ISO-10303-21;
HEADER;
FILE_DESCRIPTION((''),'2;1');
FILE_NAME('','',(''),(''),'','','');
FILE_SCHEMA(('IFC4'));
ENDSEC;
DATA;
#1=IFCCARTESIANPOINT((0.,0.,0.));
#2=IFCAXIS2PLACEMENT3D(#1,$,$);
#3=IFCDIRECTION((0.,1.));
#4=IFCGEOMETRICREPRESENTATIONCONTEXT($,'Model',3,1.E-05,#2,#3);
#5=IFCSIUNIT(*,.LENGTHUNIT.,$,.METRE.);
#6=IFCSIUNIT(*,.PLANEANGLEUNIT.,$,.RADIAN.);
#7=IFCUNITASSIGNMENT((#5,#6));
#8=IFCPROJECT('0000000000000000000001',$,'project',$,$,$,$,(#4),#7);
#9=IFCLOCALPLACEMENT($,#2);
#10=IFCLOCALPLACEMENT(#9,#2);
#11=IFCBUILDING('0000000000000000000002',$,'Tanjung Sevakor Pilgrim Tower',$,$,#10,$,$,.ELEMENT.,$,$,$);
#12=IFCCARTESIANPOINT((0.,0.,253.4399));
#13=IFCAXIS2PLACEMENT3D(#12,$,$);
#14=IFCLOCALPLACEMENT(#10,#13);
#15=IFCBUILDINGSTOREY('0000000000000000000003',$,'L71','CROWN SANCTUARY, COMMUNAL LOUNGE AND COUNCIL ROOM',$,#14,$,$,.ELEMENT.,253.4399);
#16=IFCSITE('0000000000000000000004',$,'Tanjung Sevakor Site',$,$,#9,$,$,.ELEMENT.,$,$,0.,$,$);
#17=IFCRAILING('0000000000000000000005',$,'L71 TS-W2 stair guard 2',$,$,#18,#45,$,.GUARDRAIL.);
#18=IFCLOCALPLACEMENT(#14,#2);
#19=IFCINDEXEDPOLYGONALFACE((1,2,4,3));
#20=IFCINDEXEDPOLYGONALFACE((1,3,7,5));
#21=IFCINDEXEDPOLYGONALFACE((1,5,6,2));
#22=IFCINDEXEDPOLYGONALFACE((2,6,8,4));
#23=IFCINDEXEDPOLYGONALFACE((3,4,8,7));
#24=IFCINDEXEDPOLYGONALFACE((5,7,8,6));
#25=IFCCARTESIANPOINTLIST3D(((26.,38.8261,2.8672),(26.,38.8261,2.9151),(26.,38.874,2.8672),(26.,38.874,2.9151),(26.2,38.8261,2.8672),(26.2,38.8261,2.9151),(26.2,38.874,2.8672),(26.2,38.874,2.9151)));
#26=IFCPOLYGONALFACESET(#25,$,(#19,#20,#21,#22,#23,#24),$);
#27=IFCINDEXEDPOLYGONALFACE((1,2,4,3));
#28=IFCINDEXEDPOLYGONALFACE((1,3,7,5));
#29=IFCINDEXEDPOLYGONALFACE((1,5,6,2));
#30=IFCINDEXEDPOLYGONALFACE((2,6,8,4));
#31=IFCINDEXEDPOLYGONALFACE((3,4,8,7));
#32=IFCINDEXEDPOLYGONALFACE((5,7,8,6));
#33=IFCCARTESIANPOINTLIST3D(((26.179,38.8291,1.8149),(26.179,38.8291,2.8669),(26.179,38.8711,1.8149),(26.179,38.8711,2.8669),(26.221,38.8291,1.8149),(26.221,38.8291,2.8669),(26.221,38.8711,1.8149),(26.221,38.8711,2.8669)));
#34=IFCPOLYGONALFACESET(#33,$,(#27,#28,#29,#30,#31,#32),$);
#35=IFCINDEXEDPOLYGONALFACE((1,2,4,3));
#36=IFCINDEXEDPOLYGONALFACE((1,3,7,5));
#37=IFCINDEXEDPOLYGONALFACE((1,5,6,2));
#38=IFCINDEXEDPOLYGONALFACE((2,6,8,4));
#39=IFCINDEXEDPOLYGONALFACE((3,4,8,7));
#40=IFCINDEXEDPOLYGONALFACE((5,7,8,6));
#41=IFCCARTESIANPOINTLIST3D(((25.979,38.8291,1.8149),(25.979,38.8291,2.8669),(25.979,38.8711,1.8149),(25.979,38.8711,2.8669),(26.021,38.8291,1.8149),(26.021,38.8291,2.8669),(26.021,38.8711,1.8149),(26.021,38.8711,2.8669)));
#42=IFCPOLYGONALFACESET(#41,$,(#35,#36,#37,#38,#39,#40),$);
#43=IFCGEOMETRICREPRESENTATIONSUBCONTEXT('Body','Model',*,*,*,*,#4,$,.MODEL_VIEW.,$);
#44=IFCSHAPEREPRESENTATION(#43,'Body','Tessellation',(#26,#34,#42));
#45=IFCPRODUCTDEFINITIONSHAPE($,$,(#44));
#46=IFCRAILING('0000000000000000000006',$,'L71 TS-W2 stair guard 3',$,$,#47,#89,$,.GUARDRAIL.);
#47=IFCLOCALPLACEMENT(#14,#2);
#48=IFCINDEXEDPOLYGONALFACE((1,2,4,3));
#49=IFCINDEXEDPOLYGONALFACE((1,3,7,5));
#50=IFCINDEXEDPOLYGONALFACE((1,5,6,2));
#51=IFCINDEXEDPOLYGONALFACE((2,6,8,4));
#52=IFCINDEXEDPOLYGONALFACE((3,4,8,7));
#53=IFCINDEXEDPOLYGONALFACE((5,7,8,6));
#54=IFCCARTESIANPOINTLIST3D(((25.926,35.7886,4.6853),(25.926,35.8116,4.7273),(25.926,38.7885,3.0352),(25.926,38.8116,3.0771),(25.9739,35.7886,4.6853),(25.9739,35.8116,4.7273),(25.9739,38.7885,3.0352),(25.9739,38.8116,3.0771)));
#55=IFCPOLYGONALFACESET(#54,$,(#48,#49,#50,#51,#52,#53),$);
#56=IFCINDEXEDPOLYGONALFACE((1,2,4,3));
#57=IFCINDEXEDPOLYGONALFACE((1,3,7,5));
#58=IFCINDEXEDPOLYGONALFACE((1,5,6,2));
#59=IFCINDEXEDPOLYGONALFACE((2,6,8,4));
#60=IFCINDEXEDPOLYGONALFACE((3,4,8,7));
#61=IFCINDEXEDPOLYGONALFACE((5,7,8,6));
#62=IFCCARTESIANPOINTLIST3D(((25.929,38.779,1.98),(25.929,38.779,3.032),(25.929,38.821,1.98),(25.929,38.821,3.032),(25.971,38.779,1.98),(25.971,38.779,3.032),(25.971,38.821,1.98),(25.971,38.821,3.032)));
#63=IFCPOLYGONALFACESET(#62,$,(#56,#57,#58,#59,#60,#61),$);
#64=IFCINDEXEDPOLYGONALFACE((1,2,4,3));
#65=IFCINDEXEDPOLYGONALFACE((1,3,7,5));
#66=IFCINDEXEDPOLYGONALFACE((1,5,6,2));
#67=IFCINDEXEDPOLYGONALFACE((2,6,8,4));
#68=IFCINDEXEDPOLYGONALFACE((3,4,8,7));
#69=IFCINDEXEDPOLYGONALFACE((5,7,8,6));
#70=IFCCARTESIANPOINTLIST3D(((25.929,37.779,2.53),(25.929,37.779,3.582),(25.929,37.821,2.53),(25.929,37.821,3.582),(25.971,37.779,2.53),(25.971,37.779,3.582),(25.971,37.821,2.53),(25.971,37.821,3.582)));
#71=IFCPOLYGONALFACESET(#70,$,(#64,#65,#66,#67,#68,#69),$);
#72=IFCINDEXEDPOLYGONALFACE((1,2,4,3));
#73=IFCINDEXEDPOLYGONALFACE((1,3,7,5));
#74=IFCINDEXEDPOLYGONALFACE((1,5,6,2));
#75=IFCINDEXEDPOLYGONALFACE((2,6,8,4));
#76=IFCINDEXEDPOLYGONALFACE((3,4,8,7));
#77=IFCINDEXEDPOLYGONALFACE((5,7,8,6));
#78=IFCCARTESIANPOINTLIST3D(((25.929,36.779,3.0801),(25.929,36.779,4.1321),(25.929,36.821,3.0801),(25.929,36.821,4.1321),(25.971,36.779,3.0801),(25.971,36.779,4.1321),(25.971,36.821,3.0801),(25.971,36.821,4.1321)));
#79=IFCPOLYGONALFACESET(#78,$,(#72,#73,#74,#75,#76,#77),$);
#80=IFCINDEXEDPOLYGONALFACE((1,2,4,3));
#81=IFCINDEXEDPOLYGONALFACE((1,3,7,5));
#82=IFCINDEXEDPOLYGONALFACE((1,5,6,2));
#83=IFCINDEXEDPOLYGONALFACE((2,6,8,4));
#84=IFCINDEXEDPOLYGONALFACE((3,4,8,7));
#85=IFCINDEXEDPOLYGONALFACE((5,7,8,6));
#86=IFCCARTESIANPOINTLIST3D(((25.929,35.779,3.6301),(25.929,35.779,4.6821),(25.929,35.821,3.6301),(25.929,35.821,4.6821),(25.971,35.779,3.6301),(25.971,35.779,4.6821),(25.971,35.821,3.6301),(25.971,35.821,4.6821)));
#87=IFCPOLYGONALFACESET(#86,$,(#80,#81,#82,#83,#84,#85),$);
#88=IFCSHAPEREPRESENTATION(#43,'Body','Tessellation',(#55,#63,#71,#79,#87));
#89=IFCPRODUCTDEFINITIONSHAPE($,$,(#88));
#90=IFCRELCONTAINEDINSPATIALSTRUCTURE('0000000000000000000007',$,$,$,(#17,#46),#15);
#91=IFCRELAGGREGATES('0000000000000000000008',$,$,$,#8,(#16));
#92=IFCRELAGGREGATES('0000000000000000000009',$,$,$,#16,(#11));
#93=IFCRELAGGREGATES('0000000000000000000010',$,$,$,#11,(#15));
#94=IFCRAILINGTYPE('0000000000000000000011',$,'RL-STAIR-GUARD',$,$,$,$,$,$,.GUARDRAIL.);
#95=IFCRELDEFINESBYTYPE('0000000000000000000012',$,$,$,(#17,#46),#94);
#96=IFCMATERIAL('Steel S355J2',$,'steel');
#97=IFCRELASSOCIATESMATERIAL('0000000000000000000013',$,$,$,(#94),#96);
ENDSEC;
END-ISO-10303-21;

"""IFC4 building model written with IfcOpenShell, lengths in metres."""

from ifc_helpers import new_model, si_unit, direction, frame, origin, place, context, subcontext, project, spatial, rectangle, extrude, material, type_object, element, save


model = new_model("IFC4")

# Units and contexts
model_context = context("Model", 3, precision=1e-05, world=origin(), true_north=direction((0.0, 1.0)))
body_context = subcontext(model_context, "Body", "Model", "MODEL_VIEW")
ifc_project = project(units=[si_unit("LENGTHUNIT", "METRE"), si_unit("PLANEANGLEUNIT", "RADIAN")], contexts=[model_context])

# Site, building, storey
site_placement = place(None, origin())
site = spatial("IfcSite", under=ifc_project, at=site_placement, Name="Tanjung Sevakor Site", CompositionType="ELEMENT", RefElevation=0.0)
building_placement = place(site_placement, origin())
building = spatial("IfcBuilding", under=site, at=building_placement, Name="Tanjung Sevakor Pilgrim Tower", CompositionType="ELEMENT")
storey_placement = place(building_placement, frame((0.0, 0.0, 253.4399)))
storey = spatial("IfcBuildingStorey", under=building, at=storey_placement, Name="L71", Description="CROWN SANCTUARY, COMMUNAL LOUNGE AND COUNCIL ROOM", CompositionType="ELEMENT", Elevation=253.4399)

# Railings
ifc_material_1 = material(Name="Steel S355J2", Category="steel")
railing_type = type_object("IfcRailingType", Name="RL-STAIR-GUARD", PredefinedType="GUARDRAIL", material=ifc_material_1)
railing_1_placement = place(storey_placement, frame((26.2, 38.8501, 1.8149)))
element("IfcRailing", 1, at=railing_1_placement, inside=storey, type_object=railing_type, Name="L71 TS-W2 stair guard 2", PredefinedType="GUARDRAIL", context=body_context, shape_type="SweptSolid", body=[
    extrude(rectangle(XDim=0.0479, YDim=0.0479), frame((0.0, 0.0, 1.0762), z_axis=(-1.0, 0.0, 0.0), x_axis=(0.0, -1.0, 0.0)), (0.0, 0.0, 1.0), 0.2),
    extrude(rectangle(XDim=0.042, YDim=0.042), origin(), (0.0, 0.0, 1.0), 1.052),
    extrude(rectangle(XDim=0.042, YDim=0.042), frame((-0.2, 0.0, 0.0)), (0.0, 0.0, 1.0), 1.052),
])
railing_2_placement = place(storey_placement, frame((25.95, 38.8, 1.98)))
element("IfcRailing", 2, at=railing_2_placement, inside=storey, type_object=railing_type, Name="L71 TS-W2 stair guard 3", PredefinedType="GUARDRAIL", context=body_context, shape_type="SweptSolid", body=[
    extrude(rectangle(XDim=0.0479, YDim=0.0479), frame((0.0, 0.0, 1.0762), z_axis=(0.0, -0.876198, 0.481952), x_axis=(1.0, 0.0, 0.0)), (0.0, 0.0, 1.0), 3.4238),
    extrude(rectangle(XDim=0.042, YDim=0.042), origin(), (0.0, 0.0, 1.0), 1.052),
    extrude(rectangle(XDim=0.042, YDim=0.042), frame((0.0, -1.0, 0.55)), (0.0, 0.0, 1.0), 1.052),
    extrude(rectangle(XDim=0.042, YDim=0.042), frame((0.0, -2.0, 1.1001)), (0.0, 0.0, 1.0), 1.052),
    extrude(rectangle(XDim=0.042, YDim=0.042), frame((0.0, -3.0, 1.6501)), (0.0, 0.0, 1.0), 1.052),
])

save(model, "model.ifc")
